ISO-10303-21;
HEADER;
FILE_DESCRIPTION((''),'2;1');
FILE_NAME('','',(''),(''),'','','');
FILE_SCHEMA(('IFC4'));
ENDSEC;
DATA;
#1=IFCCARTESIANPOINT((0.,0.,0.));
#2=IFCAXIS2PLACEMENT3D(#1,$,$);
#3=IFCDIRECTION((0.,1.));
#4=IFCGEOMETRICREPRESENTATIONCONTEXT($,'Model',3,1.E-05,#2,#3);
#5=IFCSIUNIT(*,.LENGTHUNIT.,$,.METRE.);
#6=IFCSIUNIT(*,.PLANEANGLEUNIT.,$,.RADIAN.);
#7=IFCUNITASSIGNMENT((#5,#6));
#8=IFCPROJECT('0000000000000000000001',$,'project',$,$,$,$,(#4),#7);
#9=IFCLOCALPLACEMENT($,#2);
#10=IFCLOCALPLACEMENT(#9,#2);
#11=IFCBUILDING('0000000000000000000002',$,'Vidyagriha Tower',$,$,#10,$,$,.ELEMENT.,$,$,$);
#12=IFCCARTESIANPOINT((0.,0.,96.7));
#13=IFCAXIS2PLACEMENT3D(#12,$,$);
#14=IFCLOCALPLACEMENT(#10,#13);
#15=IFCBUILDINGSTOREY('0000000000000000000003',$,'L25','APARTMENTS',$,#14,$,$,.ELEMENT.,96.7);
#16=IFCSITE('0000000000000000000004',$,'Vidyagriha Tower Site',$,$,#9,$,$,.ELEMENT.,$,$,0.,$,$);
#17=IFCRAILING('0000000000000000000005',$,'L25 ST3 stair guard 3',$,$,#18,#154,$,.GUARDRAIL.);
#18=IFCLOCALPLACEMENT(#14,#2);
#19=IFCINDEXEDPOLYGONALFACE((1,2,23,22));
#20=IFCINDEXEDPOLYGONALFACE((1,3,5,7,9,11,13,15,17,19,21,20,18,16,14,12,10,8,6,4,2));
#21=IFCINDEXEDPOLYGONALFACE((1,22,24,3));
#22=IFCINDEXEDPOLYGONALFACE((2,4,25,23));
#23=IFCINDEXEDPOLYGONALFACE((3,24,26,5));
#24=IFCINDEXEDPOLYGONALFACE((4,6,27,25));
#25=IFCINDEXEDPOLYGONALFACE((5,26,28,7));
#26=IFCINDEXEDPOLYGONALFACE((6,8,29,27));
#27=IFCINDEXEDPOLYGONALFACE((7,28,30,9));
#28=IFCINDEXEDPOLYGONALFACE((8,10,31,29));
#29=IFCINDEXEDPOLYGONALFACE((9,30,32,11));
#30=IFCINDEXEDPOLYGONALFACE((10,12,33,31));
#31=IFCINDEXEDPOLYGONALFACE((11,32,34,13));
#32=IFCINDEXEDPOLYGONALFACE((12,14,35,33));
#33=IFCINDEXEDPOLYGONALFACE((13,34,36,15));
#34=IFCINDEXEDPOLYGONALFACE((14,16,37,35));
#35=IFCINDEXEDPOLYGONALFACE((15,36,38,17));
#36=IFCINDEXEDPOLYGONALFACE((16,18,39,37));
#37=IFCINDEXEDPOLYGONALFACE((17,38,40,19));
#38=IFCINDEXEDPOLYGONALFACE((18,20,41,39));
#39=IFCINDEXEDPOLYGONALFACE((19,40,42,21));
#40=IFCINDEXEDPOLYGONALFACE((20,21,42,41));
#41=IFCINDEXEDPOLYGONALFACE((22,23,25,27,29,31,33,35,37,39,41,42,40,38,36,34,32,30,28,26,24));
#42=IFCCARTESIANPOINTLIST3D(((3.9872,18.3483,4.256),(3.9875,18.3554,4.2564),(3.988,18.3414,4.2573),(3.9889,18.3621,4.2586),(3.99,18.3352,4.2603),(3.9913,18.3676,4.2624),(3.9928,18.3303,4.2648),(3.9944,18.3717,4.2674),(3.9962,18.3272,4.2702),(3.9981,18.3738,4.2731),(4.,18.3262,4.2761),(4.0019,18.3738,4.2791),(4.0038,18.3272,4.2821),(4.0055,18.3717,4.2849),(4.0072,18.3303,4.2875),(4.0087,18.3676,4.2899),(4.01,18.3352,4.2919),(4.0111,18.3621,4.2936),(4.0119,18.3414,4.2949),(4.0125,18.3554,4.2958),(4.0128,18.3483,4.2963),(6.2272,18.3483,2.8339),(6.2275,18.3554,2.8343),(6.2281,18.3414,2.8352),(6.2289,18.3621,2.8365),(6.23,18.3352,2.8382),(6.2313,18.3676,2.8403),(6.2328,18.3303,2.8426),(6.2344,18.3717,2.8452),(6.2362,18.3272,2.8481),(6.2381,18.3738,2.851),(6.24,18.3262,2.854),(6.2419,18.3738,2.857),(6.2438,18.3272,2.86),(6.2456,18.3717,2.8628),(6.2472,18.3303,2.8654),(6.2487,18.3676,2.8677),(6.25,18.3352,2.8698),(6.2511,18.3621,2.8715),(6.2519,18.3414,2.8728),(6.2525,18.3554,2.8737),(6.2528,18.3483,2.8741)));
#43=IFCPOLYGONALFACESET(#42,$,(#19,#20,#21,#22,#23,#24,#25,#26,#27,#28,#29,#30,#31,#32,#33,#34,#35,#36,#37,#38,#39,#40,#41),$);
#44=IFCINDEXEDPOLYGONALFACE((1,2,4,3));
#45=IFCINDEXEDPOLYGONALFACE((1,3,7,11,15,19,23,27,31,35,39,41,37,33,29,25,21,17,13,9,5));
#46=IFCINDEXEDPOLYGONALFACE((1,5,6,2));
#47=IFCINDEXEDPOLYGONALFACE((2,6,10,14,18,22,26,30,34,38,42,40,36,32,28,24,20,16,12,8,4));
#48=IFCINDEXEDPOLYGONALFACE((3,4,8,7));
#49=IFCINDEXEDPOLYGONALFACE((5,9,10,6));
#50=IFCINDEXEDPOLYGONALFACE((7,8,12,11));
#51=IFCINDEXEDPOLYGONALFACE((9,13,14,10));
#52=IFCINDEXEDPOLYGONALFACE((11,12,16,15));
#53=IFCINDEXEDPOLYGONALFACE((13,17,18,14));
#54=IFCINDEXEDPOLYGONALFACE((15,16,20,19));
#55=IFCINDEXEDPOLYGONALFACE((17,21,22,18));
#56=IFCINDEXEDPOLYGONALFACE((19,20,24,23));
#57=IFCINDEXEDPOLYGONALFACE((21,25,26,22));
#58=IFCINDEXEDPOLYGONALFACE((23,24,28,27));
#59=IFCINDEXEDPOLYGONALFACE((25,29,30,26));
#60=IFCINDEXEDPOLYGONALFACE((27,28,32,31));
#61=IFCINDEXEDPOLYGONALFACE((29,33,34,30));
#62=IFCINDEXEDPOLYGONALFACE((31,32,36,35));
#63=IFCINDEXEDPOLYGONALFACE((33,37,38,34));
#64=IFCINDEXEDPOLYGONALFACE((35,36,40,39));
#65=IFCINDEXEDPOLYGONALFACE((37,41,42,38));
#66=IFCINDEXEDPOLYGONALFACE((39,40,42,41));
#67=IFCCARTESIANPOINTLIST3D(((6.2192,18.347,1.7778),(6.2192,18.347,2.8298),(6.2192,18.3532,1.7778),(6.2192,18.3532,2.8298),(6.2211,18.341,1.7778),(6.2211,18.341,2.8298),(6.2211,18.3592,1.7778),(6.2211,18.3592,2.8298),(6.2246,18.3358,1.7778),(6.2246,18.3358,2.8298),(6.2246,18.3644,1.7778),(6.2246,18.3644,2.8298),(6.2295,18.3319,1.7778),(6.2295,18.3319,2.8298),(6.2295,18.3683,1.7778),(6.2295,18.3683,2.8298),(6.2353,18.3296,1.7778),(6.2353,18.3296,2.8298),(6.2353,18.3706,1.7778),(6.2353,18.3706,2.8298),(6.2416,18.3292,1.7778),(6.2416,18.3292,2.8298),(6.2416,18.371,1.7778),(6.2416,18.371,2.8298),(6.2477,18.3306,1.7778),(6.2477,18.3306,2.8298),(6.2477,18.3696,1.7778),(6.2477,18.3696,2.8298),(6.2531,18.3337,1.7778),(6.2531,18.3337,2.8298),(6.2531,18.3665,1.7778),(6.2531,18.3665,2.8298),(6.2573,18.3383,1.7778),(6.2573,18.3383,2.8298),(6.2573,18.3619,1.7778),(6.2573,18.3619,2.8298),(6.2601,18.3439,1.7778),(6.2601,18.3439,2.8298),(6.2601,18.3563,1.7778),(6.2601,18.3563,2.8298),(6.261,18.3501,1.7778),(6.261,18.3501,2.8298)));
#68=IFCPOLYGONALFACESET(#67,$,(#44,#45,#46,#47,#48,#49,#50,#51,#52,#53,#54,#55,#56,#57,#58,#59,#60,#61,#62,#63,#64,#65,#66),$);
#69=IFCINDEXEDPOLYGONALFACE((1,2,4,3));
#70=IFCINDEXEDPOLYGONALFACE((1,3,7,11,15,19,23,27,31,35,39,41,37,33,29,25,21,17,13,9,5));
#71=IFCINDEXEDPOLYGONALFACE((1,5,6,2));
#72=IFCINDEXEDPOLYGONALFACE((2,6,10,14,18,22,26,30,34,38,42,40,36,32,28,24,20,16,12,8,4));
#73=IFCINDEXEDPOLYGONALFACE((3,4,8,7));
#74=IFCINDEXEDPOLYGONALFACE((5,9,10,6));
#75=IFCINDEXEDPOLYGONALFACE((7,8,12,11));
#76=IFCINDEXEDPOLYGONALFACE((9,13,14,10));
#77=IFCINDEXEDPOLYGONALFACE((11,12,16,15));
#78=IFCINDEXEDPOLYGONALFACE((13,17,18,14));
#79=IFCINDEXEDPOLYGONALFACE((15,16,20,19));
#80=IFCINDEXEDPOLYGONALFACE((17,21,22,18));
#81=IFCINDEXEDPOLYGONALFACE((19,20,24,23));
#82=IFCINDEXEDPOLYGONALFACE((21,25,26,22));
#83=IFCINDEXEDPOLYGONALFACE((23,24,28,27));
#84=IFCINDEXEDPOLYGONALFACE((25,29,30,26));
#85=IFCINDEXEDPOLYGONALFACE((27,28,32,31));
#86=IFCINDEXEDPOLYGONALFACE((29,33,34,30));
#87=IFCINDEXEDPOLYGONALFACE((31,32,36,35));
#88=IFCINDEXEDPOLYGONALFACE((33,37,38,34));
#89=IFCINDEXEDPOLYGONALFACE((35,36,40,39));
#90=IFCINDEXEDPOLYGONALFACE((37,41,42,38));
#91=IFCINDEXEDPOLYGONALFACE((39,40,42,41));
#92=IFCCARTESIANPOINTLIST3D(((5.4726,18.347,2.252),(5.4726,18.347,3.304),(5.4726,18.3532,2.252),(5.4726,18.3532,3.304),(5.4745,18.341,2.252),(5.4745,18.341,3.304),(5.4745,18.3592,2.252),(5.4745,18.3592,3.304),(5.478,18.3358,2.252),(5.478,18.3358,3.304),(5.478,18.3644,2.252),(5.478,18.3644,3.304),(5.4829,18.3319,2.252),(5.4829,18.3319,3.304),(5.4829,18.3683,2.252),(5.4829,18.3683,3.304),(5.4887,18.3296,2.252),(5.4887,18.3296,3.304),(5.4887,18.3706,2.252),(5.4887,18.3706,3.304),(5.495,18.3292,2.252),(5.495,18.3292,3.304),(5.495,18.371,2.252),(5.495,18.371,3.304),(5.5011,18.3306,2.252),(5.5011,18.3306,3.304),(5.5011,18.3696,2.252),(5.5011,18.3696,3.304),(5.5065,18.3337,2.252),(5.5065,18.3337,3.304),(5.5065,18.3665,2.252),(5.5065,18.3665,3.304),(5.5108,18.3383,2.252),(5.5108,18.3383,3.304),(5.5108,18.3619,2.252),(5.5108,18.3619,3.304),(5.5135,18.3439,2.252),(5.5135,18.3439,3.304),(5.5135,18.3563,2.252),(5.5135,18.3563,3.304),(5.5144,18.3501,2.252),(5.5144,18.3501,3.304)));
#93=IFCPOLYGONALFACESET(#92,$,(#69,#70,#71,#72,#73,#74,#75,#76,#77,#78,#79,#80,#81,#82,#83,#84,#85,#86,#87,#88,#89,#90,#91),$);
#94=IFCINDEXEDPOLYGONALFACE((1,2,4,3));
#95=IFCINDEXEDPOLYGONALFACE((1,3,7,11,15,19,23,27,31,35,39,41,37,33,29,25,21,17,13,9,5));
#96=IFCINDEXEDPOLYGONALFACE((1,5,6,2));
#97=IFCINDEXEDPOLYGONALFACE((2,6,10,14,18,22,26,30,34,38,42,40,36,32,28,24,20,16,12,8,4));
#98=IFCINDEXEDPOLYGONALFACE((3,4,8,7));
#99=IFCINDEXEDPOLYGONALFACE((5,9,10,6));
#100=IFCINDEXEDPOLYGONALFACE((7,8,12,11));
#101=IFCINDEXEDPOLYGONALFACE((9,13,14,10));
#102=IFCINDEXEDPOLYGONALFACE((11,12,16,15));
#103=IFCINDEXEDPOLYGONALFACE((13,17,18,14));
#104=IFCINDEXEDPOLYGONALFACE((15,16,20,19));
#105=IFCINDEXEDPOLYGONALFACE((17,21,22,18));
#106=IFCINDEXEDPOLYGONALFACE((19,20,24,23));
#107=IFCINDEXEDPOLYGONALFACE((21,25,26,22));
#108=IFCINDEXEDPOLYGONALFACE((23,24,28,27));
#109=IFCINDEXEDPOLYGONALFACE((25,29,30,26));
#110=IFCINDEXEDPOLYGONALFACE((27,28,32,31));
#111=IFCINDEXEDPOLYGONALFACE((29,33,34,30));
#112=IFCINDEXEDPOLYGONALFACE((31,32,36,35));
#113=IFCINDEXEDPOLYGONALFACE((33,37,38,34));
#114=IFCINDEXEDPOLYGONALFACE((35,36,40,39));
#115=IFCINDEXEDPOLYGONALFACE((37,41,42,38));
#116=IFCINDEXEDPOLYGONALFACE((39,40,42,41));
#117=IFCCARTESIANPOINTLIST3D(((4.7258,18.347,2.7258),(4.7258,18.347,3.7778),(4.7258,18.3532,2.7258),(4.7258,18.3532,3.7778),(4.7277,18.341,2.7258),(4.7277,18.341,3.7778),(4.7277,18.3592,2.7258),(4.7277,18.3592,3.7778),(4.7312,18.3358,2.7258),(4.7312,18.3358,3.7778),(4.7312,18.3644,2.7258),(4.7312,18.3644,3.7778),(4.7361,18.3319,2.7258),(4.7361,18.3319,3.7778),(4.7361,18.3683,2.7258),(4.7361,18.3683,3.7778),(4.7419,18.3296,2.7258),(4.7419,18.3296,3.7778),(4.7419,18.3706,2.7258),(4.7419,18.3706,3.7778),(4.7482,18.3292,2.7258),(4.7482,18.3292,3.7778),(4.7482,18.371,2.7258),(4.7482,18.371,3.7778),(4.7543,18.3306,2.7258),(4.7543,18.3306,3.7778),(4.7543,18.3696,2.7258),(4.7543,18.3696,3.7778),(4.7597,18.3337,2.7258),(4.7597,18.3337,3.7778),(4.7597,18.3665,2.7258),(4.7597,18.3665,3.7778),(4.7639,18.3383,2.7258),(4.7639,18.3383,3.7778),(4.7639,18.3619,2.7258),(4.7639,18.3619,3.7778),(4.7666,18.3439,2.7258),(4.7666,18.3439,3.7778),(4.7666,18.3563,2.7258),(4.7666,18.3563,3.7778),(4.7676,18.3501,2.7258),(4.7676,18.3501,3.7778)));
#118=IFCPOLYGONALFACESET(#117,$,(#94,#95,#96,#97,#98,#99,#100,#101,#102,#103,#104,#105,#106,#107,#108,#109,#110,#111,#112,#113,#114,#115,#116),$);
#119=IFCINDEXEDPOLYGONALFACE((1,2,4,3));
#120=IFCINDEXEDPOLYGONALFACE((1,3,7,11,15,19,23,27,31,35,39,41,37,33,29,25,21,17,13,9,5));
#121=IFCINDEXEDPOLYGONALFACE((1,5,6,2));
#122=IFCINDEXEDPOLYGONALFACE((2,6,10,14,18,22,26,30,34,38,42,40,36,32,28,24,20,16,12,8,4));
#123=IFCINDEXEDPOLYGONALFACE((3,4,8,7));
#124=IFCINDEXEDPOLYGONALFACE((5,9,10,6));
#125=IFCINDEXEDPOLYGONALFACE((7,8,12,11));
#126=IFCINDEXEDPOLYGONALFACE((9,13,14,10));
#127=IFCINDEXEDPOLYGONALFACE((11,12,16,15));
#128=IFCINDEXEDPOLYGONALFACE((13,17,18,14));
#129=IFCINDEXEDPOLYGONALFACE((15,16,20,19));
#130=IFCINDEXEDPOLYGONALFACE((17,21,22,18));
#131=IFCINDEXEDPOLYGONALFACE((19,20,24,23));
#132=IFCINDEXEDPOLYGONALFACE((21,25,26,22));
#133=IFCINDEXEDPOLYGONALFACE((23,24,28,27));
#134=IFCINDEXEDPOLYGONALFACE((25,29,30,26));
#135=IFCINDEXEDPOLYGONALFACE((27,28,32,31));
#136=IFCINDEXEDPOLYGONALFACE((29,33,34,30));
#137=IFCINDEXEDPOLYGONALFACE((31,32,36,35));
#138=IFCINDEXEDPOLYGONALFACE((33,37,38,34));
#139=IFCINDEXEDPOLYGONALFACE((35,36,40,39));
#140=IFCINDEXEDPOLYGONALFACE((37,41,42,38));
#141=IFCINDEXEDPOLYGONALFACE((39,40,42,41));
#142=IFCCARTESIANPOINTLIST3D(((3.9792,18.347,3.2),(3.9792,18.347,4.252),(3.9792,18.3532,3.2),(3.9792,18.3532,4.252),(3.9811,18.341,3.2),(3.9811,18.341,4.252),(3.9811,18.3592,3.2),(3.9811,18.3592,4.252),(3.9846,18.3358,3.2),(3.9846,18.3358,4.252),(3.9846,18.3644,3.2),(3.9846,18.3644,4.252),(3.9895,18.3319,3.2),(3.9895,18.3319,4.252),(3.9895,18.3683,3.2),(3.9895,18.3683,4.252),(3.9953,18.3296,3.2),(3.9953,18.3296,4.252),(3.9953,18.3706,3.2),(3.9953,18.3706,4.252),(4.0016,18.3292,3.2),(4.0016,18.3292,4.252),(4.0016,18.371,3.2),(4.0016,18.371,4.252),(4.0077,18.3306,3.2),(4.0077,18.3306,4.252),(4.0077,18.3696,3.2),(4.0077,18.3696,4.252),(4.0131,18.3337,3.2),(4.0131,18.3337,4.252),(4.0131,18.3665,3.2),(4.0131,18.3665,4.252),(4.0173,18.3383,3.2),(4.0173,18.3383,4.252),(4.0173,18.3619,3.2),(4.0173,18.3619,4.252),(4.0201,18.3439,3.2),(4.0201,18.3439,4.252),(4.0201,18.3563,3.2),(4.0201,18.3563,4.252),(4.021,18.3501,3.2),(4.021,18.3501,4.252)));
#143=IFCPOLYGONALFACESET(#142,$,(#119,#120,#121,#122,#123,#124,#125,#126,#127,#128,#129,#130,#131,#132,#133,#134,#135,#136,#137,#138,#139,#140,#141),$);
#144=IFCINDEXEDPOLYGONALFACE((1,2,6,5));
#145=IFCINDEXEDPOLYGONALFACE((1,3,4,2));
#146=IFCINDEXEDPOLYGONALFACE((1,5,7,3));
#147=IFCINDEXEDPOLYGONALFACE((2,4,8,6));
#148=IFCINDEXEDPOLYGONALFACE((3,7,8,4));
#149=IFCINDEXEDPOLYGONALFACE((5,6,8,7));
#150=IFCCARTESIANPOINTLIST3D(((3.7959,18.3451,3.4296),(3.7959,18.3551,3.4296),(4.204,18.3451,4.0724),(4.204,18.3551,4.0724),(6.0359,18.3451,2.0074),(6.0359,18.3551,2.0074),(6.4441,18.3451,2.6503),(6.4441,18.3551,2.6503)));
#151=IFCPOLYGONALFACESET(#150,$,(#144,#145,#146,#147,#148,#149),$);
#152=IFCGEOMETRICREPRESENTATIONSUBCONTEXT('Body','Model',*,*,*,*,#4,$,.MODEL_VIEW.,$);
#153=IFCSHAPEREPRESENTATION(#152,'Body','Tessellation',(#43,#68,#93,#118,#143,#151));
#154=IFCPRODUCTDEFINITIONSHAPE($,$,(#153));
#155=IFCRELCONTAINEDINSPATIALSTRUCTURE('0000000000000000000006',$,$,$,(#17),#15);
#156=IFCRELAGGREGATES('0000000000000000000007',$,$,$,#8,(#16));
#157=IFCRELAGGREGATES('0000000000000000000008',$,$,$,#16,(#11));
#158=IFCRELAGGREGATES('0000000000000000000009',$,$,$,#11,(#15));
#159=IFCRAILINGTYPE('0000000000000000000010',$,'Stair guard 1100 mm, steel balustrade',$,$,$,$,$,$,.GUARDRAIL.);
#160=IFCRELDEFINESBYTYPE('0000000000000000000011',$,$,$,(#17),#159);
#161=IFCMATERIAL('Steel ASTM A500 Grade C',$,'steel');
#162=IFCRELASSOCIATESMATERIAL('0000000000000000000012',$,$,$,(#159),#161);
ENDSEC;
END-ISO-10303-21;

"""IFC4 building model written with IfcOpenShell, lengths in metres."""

from ifc_helpers import new_model, si_unit, direction, frame, origin, origin_2d, place, context, subcontext, project, spatial, rectangle, circle, extrude, material, type_object, element, save


model = new_model("IFC4")

# Units and contexts
model_context = context("Model", 3, precision=1e-05, world=origin(), true_north=direction((0.0, 1.0)))
body_context = subcontext(model_context, "Body", "Model", "MODEL_VIEW")
ifc_project = project(units=[si_unit("LENGTHUNIT", "METRE"), si_unit("PLANEANGLEUNIT", "RADIAN")], contexts=[model_context])

# Site, building, storey
site_placement = place(None, origin())
site = spatial("IfcSite", under=ifc_project, at=site_placement, Name="Vidyagriha Tower Site", CompositionType="ELEMENT", RefElevation=0.0)
building_placement = place(site_placement, origin())
building = spatial("IfcBuilding", under=site, at=building_placement, Name="Vidyagriha Tower", CompositionType="ELEMENT")
storey_placement = place(building_placement, frame((0.0, 0.0, 96.7)))
storey = spatial("IfcBuildingStorey", under=building, at=storey_placement, Name="L25", Description="APARTMENTS", CompositionType="ELEMENT", Elevation=96.7)

# Railing
ifc_material_1 = material(Name="Steel ASTM A500 Grade C", Category="steel")
railing_type_1 = type_object("IfcRailingType", Name="Stair guard 1100 mm, steel balustrade", PredefinedType="GUARDRAIL", material=ifc_material_1)
railing_1_placement = place(storey_placement, frame((6.24, 18.3501, 1.7778)))
element("IfcRailing", 1, at=railing_1_placement, inside=storey, type_object=railing_type_1, Name="L25 ST3 stair guard 3", PredefinedType="GUARDRAIL", context=body_context, shape_type="SweptSolid", body=[
    extrude(circle(Radius=0.0239, at=origin_2d()), frame((0.0, 0.0, 1.0762), z_axis=(-0.844229, 0.0, 0.535982), x_axis=(0.0, -1.0, 0.0)), (0.0, 0.0, 1.0), 2.6533),
    extrude(circle(Radius=0.021, at=origin_2d()), origin(), (0.0, 0.0, 1.0), 1.052),
    extrude(circle(Radius=0.021, at=origin_2d()), frame((-0.7466, 0.0, 0.4741)), (0.0, 0.0, 1.0), 1.052),
    extrude(circle(Radius=0.021, at=origin_2d()), frame((-1.4934, 0.0, 0.948)), (0.0, 0.0, 1.0), 1.052),
    extrude(circle(Radius=0.021, at=origin_2d()), frame((-2.24, 0.0, 1.4221)), (0.0, 0.0, 1.0), 1.052),
    extrude(rectangle(XDim=0.01, YDim=0.7615, at=origin_2d()), frame((0.0, 0.0, 0.551), z_axis=(-0.844229, 0.0, 0.535982), x_axis=(0.0, -1.0, 0.0)), (0.0, 0.0, 1.0), 2.6533),
])

save(model, "model.ifc")
